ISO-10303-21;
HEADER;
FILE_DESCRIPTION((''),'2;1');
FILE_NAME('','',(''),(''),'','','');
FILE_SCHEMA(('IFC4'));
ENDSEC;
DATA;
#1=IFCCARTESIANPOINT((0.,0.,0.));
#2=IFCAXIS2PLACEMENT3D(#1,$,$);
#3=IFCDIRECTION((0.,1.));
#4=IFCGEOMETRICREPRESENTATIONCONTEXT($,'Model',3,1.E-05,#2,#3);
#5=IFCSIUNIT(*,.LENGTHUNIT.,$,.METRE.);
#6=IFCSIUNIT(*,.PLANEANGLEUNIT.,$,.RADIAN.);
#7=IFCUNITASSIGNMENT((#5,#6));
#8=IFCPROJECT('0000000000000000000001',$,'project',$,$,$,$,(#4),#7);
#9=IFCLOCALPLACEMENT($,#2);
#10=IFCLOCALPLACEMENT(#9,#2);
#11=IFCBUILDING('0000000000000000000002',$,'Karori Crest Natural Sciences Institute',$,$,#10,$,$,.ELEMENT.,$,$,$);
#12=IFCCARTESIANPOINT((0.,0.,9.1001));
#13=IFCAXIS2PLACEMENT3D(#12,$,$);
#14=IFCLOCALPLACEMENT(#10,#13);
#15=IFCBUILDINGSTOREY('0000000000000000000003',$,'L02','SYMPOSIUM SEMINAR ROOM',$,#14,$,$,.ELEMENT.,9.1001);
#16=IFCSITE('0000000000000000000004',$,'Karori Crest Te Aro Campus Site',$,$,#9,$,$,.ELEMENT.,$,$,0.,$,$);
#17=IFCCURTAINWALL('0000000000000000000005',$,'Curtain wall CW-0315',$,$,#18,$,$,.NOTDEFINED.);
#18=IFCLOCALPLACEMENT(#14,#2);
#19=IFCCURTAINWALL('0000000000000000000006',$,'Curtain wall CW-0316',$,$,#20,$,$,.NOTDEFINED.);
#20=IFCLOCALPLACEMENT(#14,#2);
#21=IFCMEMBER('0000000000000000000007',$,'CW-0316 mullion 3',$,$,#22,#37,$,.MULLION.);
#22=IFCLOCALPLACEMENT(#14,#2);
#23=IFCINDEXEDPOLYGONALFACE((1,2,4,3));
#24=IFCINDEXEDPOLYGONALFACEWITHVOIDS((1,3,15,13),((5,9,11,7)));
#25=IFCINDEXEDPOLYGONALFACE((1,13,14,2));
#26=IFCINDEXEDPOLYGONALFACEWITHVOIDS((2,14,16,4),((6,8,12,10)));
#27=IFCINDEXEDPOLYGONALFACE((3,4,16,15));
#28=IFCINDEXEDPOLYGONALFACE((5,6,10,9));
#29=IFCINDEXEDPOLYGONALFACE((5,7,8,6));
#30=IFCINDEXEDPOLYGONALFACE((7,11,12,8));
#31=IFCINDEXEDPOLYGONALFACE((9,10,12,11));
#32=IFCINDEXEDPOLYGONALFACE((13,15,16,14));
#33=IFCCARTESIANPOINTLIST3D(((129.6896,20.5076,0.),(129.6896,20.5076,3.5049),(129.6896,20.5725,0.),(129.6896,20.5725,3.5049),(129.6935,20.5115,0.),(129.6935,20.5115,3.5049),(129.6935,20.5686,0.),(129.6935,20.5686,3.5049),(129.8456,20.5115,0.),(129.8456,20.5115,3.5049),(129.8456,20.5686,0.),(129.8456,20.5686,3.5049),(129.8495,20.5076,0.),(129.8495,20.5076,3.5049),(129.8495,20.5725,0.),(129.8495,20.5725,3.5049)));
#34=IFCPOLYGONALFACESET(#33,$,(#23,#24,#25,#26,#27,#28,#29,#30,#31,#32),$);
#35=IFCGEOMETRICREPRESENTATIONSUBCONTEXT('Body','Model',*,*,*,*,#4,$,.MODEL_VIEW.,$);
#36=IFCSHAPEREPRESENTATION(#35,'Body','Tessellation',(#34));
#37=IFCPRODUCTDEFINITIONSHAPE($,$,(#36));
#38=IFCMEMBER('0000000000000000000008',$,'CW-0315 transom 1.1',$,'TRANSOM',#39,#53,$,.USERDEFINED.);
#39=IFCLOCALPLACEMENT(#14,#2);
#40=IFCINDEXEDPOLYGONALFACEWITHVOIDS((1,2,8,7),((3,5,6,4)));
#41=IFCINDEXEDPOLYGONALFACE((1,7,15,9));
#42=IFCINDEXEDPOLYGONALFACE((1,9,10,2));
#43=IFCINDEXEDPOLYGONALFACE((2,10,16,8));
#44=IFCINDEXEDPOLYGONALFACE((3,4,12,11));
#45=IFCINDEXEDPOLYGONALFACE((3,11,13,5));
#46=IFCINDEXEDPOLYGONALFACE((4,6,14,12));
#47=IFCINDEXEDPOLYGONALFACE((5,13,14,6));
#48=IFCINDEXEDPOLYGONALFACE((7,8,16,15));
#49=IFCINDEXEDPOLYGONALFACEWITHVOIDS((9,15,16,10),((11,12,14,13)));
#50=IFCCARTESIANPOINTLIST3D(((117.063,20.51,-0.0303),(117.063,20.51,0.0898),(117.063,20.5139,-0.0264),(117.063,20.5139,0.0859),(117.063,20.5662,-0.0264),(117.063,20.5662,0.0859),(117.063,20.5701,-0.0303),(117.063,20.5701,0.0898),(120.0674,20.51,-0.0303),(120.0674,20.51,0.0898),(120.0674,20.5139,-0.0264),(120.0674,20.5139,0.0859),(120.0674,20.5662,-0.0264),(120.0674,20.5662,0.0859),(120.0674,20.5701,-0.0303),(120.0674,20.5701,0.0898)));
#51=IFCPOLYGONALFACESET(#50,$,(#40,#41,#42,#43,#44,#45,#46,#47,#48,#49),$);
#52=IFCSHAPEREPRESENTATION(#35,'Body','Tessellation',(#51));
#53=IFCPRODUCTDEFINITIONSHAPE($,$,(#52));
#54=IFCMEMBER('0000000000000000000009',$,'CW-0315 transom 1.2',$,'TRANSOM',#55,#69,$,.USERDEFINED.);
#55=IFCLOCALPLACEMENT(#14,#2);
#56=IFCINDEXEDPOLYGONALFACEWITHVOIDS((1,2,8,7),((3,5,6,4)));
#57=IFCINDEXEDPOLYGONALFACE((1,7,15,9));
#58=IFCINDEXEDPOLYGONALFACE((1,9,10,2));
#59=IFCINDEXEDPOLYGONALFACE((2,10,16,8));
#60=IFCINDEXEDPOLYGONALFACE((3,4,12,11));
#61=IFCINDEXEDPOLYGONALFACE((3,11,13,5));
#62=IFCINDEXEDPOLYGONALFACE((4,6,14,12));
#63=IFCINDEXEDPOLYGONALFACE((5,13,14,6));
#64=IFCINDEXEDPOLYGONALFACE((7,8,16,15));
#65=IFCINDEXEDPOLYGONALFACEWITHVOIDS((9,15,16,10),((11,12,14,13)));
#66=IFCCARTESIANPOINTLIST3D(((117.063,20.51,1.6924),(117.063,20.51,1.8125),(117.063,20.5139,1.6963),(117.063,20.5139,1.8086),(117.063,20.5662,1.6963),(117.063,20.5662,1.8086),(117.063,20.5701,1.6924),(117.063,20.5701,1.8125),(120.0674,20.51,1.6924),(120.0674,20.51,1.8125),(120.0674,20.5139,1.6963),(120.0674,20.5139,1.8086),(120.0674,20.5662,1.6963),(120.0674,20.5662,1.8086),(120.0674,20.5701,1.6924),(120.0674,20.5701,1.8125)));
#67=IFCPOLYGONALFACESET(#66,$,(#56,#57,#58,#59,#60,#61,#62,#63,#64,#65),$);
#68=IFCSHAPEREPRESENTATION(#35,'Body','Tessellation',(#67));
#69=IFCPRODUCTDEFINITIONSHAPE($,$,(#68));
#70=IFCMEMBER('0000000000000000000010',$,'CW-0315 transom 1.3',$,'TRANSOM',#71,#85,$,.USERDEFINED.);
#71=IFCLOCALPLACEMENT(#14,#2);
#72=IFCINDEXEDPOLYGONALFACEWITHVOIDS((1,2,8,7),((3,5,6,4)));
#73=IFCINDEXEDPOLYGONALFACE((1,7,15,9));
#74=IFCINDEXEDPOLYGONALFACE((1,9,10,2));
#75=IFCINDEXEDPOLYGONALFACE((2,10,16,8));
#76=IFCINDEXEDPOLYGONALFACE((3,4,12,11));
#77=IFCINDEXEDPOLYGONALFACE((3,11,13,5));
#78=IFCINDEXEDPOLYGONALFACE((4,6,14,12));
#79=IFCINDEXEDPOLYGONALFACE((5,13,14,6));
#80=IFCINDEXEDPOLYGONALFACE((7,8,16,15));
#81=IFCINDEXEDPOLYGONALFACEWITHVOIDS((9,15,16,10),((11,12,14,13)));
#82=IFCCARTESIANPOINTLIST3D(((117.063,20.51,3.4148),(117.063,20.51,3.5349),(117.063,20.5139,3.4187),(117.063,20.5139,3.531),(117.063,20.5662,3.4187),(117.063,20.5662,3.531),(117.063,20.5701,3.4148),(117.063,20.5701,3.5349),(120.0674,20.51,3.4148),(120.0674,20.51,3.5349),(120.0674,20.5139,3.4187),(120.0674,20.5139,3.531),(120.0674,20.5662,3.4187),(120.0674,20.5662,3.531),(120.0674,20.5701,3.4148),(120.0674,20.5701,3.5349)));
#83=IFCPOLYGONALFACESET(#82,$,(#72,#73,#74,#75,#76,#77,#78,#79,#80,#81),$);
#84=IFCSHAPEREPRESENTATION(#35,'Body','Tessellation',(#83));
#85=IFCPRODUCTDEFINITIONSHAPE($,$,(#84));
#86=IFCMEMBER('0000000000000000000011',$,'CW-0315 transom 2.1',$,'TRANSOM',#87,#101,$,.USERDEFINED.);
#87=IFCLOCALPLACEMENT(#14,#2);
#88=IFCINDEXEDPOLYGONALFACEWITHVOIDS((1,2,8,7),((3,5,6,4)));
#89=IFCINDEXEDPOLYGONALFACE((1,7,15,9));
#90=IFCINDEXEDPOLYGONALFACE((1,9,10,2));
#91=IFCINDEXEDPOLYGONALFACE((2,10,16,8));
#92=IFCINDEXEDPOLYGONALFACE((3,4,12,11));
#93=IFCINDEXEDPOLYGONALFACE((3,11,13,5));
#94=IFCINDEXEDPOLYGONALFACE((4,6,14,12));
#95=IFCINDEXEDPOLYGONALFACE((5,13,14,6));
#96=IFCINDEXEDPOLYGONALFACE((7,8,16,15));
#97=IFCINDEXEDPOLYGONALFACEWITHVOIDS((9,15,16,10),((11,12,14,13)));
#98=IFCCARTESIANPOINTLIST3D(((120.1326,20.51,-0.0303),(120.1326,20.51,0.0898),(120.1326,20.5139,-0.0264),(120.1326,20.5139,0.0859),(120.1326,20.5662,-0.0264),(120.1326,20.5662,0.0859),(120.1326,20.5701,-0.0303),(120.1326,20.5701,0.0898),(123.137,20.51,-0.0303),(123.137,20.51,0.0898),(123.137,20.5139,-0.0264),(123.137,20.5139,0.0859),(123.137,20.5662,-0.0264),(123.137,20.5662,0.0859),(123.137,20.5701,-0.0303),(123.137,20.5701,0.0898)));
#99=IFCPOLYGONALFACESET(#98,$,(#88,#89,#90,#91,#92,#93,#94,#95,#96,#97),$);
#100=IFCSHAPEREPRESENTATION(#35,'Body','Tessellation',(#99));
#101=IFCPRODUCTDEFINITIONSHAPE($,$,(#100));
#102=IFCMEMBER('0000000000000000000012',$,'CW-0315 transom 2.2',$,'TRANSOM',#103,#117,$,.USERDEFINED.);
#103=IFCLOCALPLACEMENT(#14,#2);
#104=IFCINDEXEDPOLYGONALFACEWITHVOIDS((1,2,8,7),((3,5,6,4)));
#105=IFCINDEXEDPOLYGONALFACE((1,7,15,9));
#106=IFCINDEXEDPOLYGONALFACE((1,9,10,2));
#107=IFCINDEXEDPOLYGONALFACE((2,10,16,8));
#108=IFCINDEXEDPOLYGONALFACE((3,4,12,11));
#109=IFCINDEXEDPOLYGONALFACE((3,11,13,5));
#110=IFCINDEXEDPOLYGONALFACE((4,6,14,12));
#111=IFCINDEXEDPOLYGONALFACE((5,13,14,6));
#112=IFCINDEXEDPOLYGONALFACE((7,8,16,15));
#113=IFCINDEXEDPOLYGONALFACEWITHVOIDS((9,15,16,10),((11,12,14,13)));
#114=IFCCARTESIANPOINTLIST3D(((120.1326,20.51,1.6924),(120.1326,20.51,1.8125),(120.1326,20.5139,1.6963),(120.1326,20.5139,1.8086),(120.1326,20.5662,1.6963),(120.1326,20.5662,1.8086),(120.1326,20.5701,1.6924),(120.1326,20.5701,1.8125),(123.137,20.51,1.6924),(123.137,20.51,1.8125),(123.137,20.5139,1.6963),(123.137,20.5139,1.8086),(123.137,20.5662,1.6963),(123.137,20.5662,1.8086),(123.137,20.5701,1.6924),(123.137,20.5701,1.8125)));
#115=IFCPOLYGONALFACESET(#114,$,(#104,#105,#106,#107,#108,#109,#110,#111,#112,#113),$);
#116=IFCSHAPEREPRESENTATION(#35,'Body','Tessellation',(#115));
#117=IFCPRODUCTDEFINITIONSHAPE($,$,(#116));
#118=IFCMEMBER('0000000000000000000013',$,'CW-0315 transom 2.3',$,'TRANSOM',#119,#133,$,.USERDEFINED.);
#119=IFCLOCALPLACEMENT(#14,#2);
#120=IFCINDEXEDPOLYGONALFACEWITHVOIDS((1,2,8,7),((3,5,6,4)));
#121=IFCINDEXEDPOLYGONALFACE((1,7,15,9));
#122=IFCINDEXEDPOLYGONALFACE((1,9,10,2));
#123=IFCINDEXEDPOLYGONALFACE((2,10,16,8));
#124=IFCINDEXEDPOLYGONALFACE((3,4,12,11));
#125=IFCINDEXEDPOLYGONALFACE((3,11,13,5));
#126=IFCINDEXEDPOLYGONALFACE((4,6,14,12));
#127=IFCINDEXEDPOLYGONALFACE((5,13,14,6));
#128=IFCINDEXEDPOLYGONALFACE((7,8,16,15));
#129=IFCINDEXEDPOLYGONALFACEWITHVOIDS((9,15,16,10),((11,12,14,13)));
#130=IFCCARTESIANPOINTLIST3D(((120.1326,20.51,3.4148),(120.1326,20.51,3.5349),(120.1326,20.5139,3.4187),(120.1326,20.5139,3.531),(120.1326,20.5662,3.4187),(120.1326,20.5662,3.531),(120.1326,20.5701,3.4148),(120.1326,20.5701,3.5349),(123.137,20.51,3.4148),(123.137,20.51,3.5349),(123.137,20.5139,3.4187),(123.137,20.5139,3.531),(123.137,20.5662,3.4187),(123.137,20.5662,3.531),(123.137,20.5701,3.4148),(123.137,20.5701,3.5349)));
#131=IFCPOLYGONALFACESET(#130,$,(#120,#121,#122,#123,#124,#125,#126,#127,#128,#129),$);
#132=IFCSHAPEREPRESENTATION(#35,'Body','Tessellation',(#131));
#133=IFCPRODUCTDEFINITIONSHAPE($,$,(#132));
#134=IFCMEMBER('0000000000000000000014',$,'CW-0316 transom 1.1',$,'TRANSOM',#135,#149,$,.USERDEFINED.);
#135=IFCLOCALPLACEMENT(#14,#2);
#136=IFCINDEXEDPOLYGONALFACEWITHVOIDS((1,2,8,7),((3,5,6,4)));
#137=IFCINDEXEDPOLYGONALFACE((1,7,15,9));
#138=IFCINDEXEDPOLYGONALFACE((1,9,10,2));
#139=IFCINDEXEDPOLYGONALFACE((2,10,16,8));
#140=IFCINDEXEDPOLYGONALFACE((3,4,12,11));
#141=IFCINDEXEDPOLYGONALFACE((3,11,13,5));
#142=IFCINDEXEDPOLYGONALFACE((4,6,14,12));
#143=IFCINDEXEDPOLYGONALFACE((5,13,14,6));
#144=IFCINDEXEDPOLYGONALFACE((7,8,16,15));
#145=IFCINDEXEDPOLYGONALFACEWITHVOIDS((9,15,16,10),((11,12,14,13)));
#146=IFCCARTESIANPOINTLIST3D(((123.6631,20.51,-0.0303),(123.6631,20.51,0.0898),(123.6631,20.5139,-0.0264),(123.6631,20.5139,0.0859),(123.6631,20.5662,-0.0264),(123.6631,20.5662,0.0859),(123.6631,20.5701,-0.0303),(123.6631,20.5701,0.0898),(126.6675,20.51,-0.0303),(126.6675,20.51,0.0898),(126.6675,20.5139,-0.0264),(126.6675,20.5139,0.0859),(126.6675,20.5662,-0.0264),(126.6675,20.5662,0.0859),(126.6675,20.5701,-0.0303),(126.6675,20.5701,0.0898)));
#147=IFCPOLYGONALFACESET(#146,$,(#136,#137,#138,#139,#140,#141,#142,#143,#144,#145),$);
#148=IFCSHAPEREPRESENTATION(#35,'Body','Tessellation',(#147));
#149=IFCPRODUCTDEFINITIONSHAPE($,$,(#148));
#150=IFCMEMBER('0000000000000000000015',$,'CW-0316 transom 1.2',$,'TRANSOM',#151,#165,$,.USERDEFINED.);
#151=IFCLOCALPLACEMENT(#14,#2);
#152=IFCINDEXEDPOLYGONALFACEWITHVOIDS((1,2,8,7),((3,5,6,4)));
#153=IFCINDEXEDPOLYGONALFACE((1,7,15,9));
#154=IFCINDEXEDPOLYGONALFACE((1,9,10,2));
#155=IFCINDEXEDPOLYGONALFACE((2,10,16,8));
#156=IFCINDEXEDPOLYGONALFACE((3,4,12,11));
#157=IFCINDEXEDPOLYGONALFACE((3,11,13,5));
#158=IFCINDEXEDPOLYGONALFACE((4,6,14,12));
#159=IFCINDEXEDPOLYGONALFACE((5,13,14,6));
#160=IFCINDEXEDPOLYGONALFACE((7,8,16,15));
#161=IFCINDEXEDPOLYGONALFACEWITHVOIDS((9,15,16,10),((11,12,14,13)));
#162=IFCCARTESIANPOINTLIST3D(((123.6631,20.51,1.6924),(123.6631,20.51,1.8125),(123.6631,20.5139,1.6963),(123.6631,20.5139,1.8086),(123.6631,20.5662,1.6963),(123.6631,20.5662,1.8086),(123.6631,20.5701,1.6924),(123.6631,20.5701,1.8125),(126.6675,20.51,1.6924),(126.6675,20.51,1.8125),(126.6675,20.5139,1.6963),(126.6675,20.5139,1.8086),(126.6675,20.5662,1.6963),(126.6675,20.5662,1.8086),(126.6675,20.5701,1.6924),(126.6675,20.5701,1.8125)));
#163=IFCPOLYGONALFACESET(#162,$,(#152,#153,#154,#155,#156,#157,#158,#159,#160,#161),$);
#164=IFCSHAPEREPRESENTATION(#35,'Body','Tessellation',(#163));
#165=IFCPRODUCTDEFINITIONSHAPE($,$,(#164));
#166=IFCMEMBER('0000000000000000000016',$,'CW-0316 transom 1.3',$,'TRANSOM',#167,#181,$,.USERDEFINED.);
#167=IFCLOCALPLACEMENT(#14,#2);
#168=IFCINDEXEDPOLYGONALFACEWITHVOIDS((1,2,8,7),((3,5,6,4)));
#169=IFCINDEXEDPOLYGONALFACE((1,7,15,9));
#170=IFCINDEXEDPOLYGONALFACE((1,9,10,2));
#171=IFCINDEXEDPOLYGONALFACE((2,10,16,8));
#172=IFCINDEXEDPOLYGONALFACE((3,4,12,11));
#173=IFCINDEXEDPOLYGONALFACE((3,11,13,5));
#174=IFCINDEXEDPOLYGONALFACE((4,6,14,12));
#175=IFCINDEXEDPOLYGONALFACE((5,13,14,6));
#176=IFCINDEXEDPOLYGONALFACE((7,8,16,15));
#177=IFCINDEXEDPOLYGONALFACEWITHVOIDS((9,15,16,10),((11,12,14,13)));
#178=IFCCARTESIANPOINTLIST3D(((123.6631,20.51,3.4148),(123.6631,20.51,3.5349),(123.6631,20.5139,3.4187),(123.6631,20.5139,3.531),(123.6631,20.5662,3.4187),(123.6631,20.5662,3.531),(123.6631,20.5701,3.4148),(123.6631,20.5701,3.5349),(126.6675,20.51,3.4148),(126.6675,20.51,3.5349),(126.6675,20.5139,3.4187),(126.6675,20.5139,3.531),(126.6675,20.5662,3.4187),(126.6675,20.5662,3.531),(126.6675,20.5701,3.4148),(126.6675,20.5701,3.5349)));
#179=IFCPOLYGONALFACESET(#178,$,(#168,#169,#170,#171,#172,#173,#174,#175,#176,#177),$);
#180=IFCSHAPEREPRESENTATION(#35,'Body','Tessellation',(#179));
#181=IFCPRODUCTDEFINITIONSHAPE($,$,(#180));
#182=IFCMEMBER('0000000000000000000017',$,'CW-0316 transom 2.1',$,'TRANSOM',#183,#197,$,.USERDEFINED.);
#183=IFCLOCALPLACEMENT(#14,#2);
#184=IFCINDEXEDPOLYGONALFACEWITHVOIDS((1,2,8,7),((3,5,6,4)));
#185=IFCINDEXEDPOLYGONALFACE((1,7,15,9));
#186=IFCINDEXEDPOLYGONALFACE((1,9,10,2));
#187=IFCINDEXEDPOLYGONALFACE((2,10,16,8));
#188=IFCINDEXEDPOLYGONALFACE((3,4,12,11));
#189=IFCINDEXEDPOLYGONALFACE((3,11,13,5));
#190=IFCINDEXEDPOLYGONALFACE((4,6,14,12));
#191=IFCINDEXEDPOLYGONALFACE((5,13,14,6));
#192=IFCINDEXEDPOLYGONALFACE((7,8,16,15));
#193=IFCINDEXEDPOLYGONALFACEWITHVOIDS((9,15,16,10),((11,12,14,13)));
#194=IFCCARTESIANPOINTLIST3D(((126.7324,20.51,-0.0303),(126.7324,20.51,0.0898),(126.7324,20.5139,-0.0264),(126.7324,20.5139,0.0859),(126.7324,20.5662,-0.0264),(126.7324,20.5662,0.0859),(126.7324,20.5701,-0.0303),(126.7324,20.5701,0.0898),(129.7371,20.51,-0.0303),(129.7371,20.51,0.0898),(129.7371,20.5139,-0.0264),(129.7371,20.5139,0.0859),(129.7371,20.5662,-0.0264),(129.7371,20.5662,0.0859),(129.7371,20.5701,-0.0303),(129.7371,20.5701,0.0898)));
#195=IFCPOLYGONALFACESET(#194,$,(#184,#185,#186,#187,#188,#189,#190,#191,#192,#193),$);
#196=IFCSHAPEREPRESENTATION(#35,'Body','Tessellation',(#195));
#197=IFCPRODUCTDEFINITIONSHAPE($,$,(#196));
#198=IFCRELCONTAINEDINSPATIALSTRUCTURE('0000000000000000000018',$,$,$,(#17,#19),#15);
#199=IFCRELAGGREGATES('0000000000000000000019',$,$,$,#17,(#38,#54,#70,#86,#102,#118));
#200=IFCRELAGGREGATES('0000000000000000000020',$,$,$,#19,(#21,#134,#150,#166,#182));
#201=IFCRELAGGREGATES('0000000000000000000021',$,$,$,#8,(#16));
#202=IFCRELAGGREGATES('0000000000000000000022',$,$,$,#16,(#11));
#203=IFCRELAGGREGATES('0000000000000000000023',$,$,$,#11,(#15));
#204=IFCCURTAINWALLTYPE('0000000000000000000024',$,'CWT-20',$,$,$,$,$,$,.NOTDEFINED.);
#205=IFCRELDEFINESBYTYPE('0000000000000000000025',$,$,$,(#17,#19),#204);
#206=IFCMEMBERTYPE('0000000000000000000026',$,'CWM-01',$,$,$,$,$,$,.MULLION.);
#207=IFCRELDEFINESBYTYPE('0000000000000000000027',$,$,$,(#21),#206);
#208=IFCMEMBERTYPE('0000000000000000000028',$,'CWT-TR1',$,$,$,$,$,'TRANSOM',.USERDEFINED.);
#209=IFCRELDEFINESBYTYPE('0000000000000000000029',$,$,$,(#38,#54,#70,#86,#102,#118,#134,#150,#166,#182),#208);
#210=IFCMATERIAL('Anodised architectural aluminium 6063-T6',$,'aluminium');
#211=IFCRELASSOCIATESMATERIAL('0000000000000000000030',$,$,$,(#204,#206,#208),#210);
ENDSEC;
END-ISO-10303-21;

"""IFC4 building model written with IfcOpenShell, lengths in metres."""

from ifc_helpers import new_model, si_unit, direction, frame, origin, origin_2d, place, context, subcontext, project, spatial, hollow_rectangle, extrude, material, material_profile, profile_set, type_object, element, aggregate, save


model = new_model("IFC4")

# Units and contexts
model_context = context("Model", 3, precision=1e-05, world=origin(), true_north=direction((0.0, 1.0)))
body_context = subcontext(model_context, "Body", "Model", "MODEL_VIEW")
ifc_project = project(units=[si_unit("LENGTHUNIT", "METRE"), si_unit("PLANEANGLEUNIT", "RADIAN")], contexts=[model_context])

# Site, building, storey
site_placement = place(None, origin())
site = spatial("IfcSite", under=ifc_project, at=site_placement, Name="Karori Crest Te Aro Campus Site", CompositionType="ELEMENT", RefElevation=0.0)
building_placement = place(site_placement, origin())
building = spatial("IfcBuilding", under=site, at=building_placement, Name="Karori Crest Natural Sciences Institute", CompositionType="ELEMENT")
storey_placement = place(building_placement, frame((0.0, 0.0, 9.1001)))
storey = spatial("IfcBuildingStorey", under=building, at=storey_placement, Name="L02", Description="SYMPOSIUM SEMINAR ROOM", CompositionType="ELEMENT", Elevation=9.1001)

# Shared definitions
ifc_material_1 = material(Name="Anodised architectural aluminium 6063-T6", Category="aluminium")
curtain_wall_type = type_object("IfcCurtainWallType", Name="CWT-20", PredefinedType="NOTDEFINED", material=ifc_material_1)
ifc_material_profile_1 = material_profile(ifc_material_1, hollow_rectangle(XDim=0.0649, YDim=0.1599, WallThickness=0.0039, at=origin_2d()), Name="CWM160x65x4")
ifc_profile_set_1 = profile_set([ifc_material_profile_1], Name="Anodised architectural aluminium 6063-T6")
member_type_1 = type_object("IfcMemberType", Name="CWM-01", PredefinedType="MULLION", material=ifc_profile_set_1)

# Curtain walls, member
curtain_wall_1_placement = place(storey_placement, origin())
curtain_wall_1 = element("IfcCurtainWall", 1, at=curtain_wall_1_placement, inside=storey, type_object=curtain_wall_type, Name="Curtain wall CW-0315", PredefinedType="NOTDEFINED")
curtain_wall_2_placement = place(storey_placement, origin())
curtain_wall_2 = element("IfcCurtainWall", 2, at=curtain_wall_2_placement, inside=storey, type_object=curtain_wall_type, Name="Curtain wall CW-0316", PredefinedType="NOTDEFINED")
member_1_placement = place(storey_placement, frame((129.7695, 20.54, 0.0), z_axis=(0.0, 0.0, 1.0), x_axis=(0.0, 1.0, 0.0)))
member_1 = element("IfcMember", 3, at=member_1_placement, type_object=member_type_1, Name="CW-0316 mullion 3", PredefinedType="MULLION", context=body_context, shape_type="SweptSolid", body=[
    extrude(hollow_rectangle(XDim=0.0649, YDim=0.1599, WallThickness=0.0039, at=origin_2d()), origin(), (0.0, 0.0, 1.0), 3.5049),
])

# Members
ifc_material_profile_2 = material_profile(ifc_material_1, hollow_rectangle(XDim=0.0601, YDim=0.1201, WallThickness=0.0039, at=origin_2d()), Name="CWT120x60x4")
ifc_profile_set_2 = profile_set([ifc_material_profile_2], Name="Anodised architectural aluminium 6063-T6")
member_type_2 = type_object("IfcMemberType", Name="CWT-TR1", ElementType="TRANSOM", PredefinedType="USERDEFINED", material=ifc_profile_set_2)
member_2_placement = place(storey_placement, frame((117.063, 20.54, 0.0298), z_axis=(1.0, 0.0, 0.0), x_axis=(0.0, 1.0, 0.0)))
member_2 = element("IfcMember", 4, at=member_2_placement, type_object=member_type_2, Name="CW-0315 transom 1.1", ObjectType="TRANSOM", PredefinedType="USERDEFINED", context=body_context, shape_type="SweptSolid", body=[
    extrude(hollow_rectangle(XDim=0.0601, YDim=0.1201, WallThickness=0.0039, at=origin_2d()), origin(), (0.0, 0.0, 1.0), 3.0044),
])
member_3_placement = place(storey_placement, frame((117.063, 20.54, 1.7524), z_axis=(1.0, 0.0, 0.0), x_axis=(0.0, 1.0, 0.0)))
member_3 = element("IfcMember", 5, at=member_3_placement, type_object=member_type_2, Name="CW-0315 transom 1.2", ObjectType="TRANSOM", PredefinedType="USERDEFINED", context=body_context, shape_type="SweptSolid", body=[
    extrude(hollow_rectangle(XDim=0.0601, YDim=0.1201, WallThickness=0.0039, at=origin_2d()), origin(), (0.0, 0.0, 1.0), 3.0044),
])
member_4_placement = place(storey_placement, frame((117.063, 20.54, 3.4749), z_axis=(1.0, 0.0, 0.0), x_axis=(0.0, 1.0, 0.0)))
member_4 = element("IfcMember", 6, at=member_4_placement, type_object=member_type_2, Name="CW-0315 transom 1.3", ObjectType="TRANSOM", PredefinedType="USERDEFINED", context=body_context, shape_type="SweptSolid", body=[
    extrude(hollow_rectangle(XDim=0.0601, YDim=0.1201, WallThickness=0.0039, at=origin_2d()), origin(), (0.0, 0.0, 1.0), 3.0044),
])
member_5_placement = place(storey_placement, frame((120.1326, 20.54, 0.0298), z_axis=(1.0, 0.0, 0.0), x_axis=(0.0, 1.0, 0.0)))
member_5 = element("IfcMember", 7, at=member_5_placement, type_object=member_type_2, Name="CW-0315 transom 2.1", ObjectType="TRANSOM", PredefinedType="USERDEFINED", context=body_context, shape_type="SweptSolid", body=[
    extrude(hollow_rectangle(XDim=0.0601, YDim=0.1201, WallThickness=0.0039, at=origin_2d()), origin(), (0.0, 0.0, 1.0), 3.0044),
])
member_6_placement = place(storey_placement, frame((120.1326, 20.54, 1.7524), z_axis=(1.0, 0.0, 0.0), x_axis=(0.0, 1.0, 0.0)))
member_6 = element("IfcMember", 8, at=member_6_placement, type_object=member_type_2, Name="CW-0315 transom 2.2", ObjectType="TRANSOM", PredefinedType="USERDEFINED", context=body_context, shape_type="SweptSolid", body=[
    extrude(hollow_rectangle(XDim=0.0601, YDim=0.1201, WallThickness=0.0039, at=origin_2d()), origin(), (0.0, 0.0, 1.0), 3.0044),
])
member_7_placement = place(storey_placement, frame((120.1326, 20.54, 3.4749), z_axis=(1.0, 0.0, 0.0), x_axis=(0.0, 1.0, 0.0)))
member_7 = element("IfcMember", 9, at=member_7_placement, type_object=member_type_2, Name="CW-0315 transom 2.3", ObjectType="TRANSOM", PredefinedType="USERDEFINED", context=body_context, shape_type="SweptSolid", body=[
    extrude(hollow_rectangle(XDim=0.0601, YDim=0.1201, WallThickness=0.0039, at=origin_2d()), origin(), (0.0, 0.0, 1.0), 3.0044),
])
member_8_placement = place(storey_placement, frame((123.6631, 20.54, 0.0298), z_axis=(1.0, 0.0, 0.0), x_axis=(0.0, 1.0, 0.0)))
member_8 = element("IfcMember", 10, at=member_8_placement, type_object=member_type_2, Name="CW-0316 transom 1.1", ObjectType="TRANSOM", PredefinedType="USERDEFINED", context=body_context, shape_type="SweptSolid", body=[
    extrude(hollow_rectangle(XDim=0.0601, YDim=0.1201, WallThickness=0.0039, at=origin_2d()), origin(), (0.0, 0.0, 1.0), 3.0044),
])
member_9_placement = place(storey_placement, frame((123.6631, 20.54, 1.7524), z_axis=(1.0, 0.0, 0.0), x_axis=(0.0, 1.0, 0.0)))
member_9 = element("IfcMember", 11, at=member_9_placement, type_object=member_type_2, Name="CW-0316 transom 1.2", ObjectType="TRANSOM", PredefinedType="USERDEFINED", context=body_context, shape_type="SweptSolid", body=[
    extrude(hollow_rectangle(XDim=0.0601, YDim=0.1201, WallThickness=0.0039, at=origin_2d()), origin(), (0.0, 0.0, 1.0), 3.0044),
])
member_10_placement = place(storey_placement, frame((123.6631, 20.54, 3.4749), z_axis=(1.0, 0.0, 0.0), x_axis=(0.0, 1.0, 0.0)))
member_10 = element("IfcMember", 12, at=member_10_placement, type_object=member_type_2, Name="CW-0316 transom 1.3", ObjectType="TRANSOM", PredefinedType="USERDEFINED", context=body_context, shape_type="SweptSolid", body=[
    extrude(hollow_rectangle(XDim=0.0601, YDim=0.1201, WallThickness=0.0039, at=origin_2d()), origin(), (0.0, 0.0, 1.0), 3.0044),
])
member_11_placement = place(storey_placement, frame((126.7324, 20.54, 0.0298), z_axis=(1.0, 0.0, 0.0), x_axis=(0.0, 1.0, 0.0)))
member_11 = element("IfcMember", 13, at=member_11_placement, type_object=member_type_2, Name="CW-0316 transom 2.1", ObjectType="TRANSOM", PredefinedType="USERDEFINED", context=body_context, shape_type="SweptSolid", body=[
    extrude(hollow_rectangle(XDim=0.0601, YDim=0.1201, WallThickness=0.0039, at=origin_2d()), origin(), (0.0, 0.0, 1.0), 3.0046),
])

aggregate(curtain_wall_1, [member_2, member_3, member_4, member_5, member_6, member_7])
aggregate(curtain_wall_2, [member_1, member_8, member_9, member_10, member_11])

save(model, "model.ifc")
